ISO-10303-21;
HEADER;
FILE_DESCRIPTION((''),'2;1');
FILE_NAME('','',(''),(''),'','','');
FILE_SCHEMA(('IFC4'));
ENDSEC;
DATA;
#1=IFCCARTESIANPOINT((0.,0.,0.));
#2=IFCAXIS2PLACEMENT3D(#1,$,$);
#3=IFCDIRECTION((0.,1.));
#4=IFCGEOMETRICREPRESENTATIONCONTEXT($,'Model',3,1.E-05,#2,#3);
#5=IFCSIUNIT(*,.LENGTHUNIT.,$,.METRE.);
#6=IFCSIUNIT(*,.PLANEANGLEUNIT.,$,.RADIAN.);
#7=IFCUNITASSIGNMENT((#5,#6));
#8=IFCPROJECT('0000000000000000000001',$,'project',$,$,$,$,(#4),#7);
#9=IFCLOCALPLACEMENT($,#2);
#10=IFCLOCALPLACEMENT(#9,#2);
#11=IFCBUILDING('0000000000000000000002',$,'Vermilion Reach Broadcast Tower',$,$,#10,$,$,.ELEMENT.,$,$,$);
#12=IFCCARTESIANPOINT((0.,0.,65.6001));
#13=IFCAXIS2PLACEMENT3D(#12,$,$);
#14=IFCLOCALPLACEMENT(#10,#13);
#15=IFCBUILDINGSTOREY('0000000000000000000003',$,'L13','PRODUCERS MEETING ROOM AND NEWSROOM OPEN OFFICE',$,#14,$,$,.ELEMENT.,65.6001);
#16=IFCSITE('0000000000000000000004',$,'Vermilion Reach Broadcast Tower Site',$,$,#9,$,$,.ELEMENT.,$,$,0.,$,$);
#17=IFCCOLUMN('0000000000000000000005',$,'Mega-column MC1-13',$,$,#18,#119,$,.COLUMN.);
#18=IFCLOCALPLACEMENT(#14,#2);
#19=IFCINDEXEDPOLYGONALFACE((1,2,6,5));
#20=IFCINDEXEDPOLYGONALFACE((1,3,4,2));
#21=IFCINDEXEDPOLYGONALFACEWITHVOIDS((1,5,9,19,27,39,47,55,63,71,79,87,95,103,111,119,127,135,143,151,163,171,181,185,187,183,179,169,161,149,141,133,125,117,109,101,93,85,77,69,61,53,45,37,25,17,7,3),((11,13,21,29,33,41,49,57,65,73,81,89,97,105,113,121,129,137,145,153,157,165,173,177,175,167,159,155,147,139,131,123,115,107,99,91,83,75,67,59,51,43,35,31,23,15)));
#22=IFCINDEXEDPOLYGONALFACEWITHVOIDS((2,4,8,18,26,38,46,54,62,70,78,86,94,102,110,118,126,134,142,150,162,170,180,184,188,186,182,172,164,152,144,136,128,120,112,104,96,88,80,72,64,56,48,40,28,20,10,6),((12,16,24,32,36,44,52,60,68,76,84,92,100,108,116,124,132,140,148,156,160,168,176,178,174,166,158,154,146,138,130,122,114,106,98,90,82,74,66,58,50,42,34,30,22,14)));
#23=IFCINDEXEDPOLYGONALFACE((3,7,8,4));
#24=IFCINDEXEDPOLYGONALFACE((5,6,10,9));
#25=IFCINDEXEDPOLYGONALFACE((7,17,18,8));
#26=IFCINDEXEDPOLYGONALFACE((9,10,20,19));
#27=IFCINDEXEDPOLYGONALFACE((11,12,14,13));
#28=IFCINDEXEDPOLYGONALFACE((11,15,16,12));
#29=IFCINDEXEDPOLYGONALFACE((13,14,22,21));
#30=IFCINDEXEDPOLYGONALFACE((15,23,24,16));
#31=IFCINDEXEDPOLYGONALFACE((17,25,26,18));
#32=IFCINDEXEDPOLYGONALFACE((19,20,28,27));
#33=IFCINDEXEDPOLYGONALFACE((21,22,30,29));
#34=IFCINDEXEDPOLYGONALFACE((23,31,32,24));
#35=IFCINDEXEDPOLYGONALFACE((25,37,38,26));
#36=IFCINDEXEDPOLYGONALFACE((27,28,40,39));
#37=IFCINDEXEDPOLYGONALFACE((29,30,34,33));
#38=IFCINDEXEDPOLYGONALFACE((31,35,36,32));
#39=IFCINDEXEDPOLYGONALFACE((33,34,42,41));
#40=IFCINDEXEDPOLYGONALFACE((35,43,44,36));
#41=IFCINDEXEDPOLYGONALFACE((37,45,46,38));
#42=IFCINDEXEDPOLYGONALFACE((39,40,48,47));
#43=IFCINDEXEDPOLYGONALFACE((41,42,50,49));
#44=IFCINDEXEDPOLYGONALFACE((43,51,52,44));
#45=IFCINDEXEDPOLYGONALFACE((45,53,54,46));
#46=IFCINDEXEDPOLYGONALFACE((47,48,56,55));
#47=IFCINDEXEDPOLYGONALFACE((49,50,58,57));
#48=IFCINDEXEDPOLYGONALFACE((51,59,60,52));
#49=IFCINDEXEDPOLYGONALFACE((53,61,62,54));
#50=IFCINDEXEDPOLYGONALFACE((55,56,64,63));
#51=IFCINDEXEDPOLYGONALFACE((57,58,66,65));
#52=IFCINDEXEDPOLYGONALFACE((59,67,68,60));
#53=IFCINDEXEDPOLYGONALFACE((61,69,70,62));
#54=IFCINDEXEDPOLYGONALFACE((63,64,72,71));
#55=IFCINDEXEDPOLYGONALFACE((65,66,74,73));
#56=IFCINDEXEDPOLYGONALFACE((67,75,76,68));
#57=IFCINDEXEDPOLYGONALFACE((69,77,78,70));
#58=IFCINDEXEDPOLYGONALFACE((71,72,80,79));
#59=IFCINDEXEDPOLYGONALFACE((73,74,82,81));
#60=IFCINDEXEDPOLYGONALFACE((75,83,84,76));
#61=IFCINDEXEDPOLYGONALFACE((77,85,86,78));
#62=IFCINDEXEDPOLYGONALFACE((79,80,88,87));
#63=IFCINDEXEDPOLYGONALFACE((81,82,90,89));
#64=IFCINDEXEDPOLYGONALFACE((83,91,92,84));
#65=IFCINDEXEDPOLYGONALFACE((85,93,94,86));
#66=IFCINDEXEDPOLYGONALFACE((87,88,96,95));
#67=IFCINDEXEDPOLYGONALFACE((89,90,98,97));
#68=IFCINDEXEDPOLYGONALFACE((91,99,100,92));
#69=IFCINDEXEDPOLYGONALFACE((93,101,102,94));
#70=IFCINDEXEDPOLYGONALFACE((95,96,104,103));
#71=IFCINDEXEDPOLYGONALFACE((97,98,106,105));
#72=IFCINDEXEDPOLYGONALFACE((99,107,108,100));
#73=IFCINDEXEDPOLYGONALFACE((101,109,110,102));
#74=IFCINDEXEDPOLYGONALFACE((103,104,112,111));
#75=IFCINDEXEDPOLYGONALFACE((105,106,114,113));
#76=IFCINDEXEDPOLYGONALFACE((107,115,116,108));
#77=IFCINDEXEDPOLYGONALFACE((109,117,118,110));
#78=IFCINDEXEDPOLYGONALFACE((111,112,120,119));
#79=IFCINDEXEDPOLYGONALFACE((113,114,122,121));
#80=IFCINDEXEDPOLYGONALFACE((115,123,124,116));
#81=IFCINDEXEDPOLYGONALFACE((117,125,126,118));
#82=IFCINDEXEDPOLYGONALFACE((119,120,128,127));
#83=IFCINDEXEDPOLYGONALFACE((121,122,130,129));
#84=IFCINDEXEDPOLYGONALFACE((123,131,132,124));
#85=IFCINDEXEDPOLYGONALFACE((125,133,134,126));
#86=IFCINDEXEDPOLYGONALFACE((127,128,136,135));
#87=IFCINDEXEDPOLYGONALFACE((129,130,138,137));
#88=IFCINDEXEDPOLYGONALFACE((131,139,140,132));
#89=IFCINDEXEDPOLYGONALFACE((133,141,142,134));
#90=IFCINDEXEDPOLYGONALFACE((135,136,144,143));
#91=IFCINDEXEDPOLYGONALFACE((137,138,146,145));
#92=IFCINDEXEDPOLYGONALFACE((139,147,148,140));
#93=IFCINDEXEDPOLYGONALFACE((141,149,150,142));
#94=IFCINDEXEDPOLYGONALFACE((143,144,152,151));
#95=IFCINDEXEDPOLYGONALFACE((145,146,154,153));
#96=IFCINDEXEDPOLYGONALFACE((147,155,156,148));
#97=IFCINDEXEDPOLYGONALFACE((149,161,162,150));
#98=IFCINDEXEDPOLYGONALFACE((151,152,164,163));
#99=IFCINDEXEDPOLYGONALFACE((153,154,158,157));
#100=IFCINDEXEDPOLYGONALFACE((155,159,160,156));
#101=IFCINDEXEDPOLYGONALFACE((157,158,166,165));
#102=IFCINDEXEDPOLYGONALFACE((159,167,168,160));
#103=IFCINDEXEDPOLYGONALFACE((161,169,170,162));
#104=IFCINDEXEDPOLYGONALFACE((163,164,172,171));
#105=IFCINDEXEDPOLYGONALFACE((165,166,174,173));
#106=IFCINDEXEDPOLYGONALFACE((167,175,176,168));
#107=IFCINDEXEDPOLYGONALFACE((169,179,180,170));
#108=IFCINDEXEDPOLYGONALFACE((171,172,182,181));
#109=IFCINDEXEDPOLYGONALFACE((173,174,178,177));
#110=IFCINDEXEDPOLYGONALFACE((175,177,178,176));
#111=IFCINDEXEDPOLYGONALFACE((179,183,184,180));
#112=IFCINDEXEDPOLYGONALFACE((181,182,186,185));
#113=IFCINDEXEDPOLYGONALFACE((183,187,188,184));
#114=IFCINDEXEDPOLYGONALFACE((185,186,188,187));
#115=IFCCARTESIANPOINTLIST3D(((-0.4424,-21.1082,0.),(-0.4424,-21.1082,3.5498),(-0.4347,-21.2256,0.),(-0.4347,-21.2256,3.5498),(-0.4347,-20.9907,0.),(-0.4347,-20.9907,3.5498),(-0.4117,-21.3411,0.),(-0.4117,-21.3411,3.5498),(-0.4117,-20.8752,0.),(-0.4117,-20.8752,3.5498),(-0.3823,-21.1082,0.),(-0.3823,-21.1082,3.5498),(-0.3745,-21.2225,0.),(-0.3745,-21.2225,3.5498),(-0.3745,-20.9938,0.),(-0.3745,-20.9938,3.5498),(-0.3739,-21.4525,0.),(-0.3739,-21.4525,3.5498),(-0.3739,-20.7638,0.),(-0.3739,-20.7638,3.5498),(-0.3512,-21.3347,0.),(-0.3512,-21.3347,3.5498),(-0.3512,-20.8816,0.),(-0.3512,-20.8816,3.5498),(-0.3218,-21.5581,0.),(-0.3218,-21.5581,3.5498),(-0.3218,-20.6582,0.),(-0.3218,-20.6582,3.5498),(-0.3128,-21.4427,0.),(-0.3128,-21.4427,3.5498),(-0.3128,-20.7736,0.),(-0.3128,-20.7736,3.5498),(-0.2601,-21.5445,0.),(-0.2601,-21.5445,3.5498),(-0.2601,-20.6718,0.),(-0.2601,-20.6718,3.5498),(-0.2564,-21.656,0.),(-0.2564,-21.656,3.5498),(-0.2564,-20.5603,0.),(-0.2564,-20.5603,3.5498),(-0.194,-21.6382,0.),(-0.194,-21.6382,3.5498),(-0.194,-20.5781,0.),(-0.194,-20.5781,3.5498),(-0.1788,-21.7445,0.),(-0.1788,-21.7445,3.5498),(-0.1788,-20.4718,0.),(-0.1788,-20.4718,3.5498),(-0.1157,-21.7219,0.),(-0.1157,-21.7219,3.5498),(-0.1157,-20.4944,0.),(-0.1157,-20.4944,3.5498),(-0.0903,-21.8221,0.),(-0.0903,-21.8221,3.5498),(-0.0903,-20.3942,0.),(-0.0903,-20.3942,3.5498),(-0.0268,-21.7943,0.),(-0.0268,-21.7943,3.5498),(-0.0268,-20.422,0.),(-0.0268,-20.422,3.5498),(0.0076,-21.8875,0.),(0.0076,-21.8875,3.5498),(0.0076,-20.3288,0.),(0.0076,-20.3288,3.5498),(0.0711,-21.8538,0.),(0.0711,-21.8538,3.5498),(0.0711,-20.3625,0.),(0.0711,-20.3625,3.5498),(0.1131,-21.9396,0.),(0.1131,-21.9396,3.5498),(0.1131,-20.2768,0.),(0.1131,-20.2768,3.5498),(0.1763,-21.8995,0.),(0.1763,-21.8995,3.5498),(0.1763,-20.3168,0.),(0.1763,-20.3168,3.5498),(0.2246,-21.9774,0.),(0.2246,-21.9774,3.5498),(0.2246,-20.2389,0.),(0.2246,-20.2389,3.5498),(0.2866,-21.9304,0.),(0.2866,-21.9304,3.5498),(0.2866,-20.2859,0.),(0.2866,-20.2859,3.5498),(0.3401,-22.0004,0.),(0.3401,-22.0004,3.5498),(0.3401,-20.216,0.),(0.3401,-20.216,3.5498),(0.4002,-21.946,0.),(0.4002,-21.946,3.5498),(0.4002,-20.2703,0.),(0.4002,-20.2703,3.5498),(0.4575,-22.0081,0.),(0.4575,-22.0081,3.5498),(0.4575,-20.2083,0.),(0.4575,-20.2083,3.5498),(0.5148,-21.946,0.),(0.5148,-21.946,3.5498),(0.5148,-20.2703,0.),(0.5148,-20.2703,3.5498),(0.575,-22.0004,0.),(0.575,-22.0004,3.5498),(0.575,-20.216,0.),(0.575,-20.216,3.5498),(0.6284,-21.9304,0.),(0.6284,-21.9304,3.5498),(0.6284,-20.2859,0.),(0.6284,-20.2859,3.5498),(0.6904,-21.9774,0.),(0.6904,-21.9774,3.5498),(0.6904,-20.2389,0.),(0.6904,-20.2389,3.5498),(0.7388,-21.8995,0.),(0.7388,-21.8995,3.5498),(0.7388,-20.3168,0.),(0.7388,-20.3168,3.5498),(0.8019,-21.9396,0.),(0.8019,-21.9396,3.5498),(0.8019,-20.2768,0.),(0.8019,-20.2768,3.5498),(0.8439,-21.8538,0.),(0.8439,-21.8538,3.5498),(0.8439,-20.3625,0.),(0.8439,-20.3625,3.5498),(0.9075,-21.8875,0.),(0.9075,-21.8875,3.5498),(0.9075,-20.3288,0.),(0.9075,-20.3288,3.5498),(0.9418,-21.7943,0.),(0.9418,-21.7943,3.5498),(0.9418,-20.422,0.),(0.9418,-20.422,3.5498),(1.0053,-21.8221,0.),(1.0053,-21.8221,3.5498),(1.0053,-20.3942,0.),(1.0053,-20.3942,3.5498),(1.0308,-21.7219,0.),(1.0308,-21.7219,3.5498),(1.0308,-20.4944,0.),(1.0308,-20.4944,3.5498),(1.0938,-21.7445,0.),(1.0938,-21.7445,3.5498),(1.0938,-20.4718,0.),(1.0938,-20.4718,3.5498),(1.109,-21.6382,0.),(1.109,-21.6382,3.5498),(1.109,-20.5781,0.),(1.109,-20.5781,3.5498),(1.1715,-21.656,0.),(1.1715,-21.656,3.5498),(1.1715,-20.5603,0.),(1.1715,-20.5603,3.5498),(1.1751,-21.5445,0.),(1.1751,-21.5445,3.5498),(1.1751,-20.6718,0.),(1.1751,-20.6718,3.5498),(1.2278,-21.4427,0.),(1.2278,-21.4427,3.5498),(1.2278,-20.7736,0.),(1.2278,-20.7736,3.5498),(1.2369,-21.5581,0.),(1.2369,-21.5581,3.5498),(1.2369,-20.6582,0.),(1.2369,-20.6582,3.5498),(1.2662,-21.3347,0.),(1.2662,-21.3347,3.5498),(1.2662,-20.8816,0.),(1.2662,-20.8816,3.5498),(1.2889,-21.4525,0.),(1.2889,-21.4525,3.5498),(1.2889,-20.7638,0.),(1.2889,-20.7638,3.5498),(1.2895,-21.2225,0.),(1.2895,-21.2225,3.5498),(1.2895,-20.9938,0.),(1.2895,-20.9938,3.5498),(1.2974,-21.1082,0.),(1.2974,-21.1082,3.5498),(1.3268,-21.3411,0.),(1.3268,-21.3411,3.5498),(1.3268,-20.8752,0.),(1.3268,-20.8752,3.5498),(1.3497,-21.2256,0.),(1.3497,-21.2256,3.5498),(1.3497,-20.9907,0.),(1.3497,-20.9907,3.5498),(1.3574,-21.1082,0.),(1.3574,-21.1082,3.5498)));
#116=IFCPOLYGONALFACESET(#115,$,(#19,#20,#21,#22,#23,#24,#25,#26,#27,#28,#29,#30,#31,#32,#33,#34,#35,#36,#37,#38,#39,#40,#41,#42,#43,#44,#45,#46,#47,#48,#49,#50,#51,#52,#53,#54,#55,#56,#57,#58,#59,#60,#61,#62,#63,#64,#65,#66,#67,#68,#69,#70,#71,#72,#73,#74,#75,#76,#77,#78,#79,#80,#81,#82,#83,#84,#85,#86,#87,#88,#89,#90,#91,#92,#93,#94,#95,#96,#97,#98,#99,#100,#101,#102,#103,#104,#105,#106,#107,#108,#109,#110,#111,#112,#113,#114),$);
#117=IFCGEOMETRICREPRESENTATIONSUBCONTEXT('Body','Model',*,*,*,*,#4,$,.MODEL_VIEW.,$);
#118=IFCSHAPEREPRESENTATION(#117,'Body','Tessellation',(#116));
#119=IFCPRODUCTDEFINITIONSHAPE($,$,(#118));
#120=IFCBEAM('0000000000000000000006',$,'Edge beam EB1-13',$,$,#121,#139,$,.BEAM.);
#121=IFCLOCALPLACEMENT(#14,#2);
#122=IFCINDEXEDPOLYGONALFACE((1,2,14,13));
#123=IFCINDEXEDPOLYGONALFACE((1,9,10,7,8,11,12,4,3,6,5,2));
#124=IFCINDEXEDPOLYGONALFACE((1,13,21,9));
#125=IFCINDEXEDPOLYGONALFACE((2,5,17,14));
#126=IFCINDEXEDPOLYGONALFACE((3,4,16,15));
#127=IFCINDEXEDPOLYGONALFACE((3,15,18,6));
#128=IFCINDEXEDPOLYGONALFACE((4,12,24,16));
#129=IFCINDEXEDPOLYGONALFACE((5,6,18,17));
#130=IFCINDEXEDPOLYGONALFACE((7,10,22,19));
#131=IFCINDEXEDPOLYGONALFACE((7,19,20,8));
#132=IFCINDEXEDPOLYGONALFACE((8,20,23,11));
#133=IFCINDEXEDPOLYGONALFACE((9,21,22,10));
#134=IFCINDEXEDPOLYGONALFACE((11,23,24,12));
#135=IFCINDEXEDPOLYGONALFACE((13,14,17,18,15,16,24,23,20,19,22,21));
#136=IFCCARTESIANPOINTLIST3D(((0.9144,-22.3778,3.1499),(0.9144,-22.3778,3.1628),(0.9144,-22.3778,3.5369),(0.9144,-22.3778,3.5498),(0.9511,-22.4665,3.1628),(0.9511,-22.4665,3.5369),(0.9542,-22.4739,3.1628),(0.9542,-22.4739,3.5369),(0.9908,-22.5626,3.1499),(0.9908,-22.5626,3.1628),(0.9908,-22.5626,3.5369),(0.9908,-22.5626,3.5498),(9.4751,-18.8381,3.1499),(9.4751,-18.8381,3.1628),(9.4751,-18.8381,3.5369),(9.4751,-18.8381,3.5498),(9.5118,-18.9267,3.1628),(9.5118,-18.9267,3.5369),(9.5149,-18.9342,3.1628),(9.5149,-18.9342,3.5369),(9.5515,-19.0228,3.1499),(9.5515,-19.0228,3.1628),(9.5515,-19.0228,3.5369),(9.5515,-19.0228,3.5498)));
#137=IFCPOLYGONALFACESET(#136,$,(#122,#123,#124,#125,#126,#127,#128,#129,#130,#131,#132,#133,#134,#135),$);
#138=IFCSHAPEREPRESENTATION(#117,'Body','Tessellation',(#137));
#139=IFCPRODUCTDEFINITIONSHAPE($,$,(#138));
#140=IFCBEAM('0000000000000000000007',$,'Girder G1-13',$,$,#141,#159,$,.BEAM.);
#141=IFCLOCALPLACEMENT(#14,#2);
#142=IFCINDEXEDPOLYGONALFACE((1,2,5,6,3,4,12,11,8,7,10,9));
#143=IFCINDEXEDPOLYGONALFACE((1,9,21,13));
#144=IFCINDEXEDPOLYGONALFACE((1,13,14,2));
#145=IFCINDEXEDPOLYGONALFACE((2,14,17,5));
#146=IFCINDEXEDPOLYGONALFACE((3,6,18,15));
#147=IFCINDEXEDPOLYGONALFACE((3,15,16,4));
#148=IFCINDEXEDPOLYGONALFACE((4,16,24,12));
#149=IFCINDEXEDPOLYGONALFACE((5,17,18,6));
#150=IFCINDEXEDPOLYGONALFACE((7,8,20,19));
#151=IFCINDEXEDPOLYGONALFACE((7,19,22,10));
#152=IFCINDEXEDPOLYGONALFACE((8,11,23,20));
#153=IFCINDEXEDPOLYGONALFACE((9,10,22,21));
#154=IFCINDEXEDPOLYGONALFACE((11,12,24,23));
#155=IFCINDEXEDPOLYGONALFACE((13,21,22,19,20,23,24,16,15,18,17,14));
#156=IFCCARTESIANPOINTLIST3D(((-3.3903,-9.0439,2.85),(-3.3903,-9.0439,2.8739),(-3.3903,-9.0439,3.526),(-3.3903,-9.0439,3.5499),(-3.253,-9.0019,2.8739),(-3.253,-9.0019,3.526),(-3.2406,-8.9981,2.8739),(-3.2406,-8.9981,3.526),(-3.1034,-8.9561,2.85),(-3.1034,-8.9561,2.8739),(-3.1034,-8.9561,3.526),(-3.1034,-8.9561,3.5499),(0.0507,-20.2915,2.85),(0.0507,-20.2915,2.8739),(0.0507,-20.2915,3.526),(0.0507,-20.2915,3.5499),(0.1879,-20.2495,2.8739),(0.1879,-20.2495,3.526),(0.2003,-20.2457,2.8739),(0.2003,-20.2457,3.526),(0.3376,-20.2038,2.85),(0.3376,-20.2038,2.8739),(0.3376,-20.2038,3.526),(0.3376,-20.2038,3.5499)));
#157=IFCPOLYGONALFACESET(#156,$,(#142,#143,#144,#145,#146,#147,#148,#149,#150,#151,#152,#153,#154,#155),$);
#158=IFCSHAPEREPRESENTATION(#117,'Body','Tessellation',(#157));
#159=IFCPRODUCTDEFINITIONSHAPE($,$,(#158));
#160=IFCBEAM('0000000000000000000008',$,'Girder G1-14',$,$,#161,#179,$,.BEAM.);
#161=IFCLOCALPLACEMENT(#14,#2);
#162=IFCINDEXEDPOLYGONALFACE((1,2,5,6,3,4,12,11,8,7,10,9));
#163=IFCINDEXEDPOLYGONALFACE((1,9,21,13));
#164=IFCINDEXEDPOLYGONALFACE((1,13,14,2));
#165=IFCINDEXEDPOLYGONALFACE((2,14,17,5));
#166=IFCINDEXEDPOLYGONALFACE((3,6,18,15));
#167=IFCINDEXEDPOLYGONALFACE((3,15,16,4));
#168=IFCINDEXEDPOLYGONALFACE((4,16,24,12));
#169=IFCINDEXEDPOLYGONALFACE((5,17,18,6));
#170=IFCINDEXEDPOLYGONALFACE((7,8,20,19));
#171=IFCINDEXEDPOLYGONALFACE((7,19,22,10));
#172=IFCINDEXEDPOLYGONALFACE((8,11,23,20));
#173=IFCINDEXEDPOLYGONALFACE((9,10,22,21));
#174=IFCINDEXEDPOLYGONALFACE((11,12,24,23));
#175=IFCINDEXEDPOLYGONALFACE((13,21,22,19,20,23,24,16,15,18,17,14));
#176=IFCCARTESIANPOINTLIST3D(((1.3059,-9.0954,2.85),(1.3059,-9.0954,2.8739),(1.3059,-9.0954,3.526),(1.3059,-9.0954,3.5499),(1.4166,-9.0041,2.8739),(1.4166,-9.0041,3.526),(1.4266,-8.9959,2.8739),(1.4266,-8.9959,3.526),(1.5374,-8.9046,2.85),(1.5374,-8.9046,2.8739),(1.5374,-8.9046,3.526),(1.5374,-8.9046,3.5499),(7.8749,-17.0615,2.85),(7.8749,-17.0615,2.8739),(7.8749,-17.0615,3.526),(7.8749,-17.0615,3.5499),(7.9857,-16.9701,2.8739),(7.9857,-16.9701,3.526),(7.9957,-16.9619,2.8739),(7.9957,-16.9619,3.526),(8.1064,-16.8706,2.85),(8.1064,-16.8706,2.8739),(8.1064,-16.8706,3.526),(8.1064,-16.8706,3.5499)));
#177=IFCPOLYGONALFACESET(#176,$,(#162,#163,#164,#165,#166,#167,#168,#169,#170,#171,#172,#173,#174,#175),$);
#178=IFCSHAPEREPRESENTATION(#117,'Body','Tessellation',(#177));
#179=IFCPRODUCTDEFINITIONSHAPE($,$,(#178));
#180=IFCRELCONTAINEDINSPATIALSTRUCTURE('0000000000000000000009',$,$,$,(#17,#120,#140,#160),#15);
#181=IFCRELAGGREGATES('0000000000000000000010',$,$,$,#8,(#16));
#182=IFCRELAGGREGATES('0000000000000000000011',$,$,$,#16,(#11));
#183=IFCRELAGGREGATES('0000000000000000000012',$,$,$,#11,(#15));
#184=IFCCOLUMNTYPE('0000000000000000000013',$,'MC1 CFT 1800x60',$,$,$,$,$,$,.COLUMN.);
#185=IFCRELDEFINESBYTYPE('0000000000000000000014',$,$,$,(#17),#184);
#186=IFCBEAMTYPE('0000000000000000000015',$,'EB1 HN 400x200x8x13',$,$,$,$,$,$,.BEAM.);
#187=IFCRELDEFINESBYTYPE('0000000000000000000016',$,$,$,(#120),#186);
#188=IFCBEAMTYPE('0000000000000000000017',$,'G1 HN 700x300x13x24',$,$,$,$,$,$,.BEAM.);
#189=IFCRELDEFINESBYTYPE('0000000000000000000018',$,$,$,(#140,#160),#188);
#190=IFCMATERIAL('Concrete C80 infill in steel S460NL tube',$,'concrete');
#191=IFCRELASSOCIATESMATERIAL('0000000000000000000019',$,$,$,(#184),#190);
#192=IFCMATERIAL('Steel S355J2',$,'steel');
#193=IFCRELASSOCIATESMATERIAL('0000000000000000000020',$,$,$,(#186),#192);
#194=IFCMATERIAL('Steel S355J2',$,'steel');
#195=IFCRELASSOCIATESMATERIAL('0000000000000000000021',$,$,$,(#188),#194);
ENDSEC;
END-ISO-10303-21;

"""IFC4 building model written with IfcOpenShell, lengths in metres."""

from ifc_helpers import new_model, si_unit, direction, frame, origin, origin_2d, place, context, subcontext, project, spatial, hollow_circle, i_section, extrude, material, material_profile, profile_set, type_object, element, save


model = new_model("IFC4")

# Units and contexts
model_context = context("Model", 3, precision=1e-05, world=origin(), true_north=direction((0.0, 1.0)))
body_context = subcontext(model_context, "Body", "Model", "MODEL_VIEW")
ifc_project = project(units=[si_unit("LENGTHUNIT", "METRE"), si_unit("PLANEANGLEUNIT", "RADIAN")], contexts=[model_context])

# Site, building, storey
site_placement = place(None, origin())
site = spatial("IfcSite", under=ifc_project, at=site_placement, Name="Vermilion Reach Broadcast Tower Site", CompositionType="ELEMENT", RefElevation=0.0)
building_placement = place(site_placement, origin())
building = spatial("IfcBuilding", under=site, at=building_placement, Name="Vermilion Reach Broadcast Tower", CompositionType="ELEMENT")
storey_placement = place(building_placement, frame((0.0, 0.0, 65.6001)))
storey = spatial("IfcBuildingStorey", under=building, at=storey_placement, Name="L13", Description="PRODUCERS MEETING ROOM AND NEWSROOM OPEN OFFICE", CompositionType="ELEMENT", Elevation=65.6001)

# Column
ifc_material_1 = material(Name="Concrete C80 infill in steel S460NL tube", Category="concrete")
ifc_material_profile_1 = material_profile(ifc_material_1, hollow_circle(Radius=0.8999, WallThickness=0.0601, at=origin_2d()), Name="Concrete C80 infill in steel S460NL tube CFT 1800x60")
ifc_profile_set_1 = profile_set([ifc_material_profile_1], Name="Concrete C80 infill in steel S460NL tube")
column_type = type_object("IfcColumnType", Name="MC1 CFT 1800x60", PredefinedType="COLUMN", material=ifc_profile_set_1)
column_placement = place(storey_placement, frame((0.4575, -21.1082, 0.0), z_axis=(0.0, 0.0, 1.0), x_axis=(1.0, 0.0, 0.0)))
element("IfcColumn", 1, at=column_placement, inside=storey, type_object=column_type, Name="Mega-column MC1-13", PredefinedType="COLUMN", context=body_context, shape_type="SweptSolid", body=[
    extrude(hollow_circle(Radius=0.8999, WallThickness=0.0601, at=origin_2d()), origin(), (0.0, 0.0, 1.0), 3.5498),
])

# Beams
ifc_material_2 = material(Name="Steel S355J2", Category="steel")
ifc_material_profile_2 = material_profile(ifc_material_2, i_section(OverallWidth=0.2, OverallDepth=0.3999, WebThickness=0.0081, FlangeThickness=0.0129, at=origin_2d()), Name="S355J2 HN 400x200x8x13")
ifc_profile_set_2 = profile_set([ifc_material_profile_2], Name="Steel S355J2")
beam_type_1 = type_object("IfcBeamType", Name="EB1 HN 400x200x8x13", PredefinedType="BEAM", material=ifc_profile_set_2)
beam_1_placement = place(storey_placement, frame((0.9526, -22.4702, 3.3499), z_axis=(0.924116, 0.382112, 0.0), x_axis=(-0.382112, 0.924116, 0.0)))
element("IfcBeam", 2, at=beam_1_placement, inside=storey, type_object=beam_type_1, Name="Edge beam EB1-13", PredefinedType="BEAM", context=body_context, shape_type="SweptSolid", body=[
    extrude(i_section(OverallWidth=0.2, OverallDepth=0.3999, WebThickness=0.0081, FlangeThickness=0.0129, at=origin_2d()), origin(), (0.0, 0.0, 1.0), 9.2637),
])
ifc_material_3 = material(Name="Steel S355J2", Category="steel")
ifc_material_profile_3 = material_profile(ifc_material_3, i_section(OverallWidth=0.3, OverallDepth=0.7, WebThickness=0.0129, FlangeThickness=0.0239, at=origin_2d()), Name="S355J2 HN 700x300x13x24")
ifc_profile_set_3 = profile_set([ifc_material_profile_3], Name="Steel S355J2")
beam_type_2 = type_object("IfcBeamType", Name="G1 HN 700x300x13x24", PredefinedType="BEAM", material=ifc_profile_set_3)
beam_2_placement = place(storey_placement, frame((-3.2468, -9.0, 3.2), z_axis=(0.292542, -0.956253, 0.0), x_axis=(0.956253, 0.292542, 0.0)))
element("IfcBeam", 3, at=beam_2_placement, inside=storey, type_object=beam_type_2, Name="Girder G1-13", PredefinedType="BEAM", context=body_context, shape_type="SweptSolid", body=[
    extrude(i_section(OverallWidth=0.3, OverallDepth=0.7, WebThickness=0.0129, FlangeThickness=0.0239, at=origin_2d()), origin(), (0.0, 0.0, 1.0), 11.7622),
])
beam_3_placement = place(storey_placement, frame((1.4216, -9.0, 3.2), z_axis=(0.636215, -0.771512, 0.0), x_axis=(0.771512, 0.636215, 0.0)))
element("IfcBeam", 4, at=beam_3_placement, inside=storey, type_object=beam_type_2, Name="Girder G1-14", PredefinedType="BEAM", context=body_context, shape_type="SweptSolid", body=[
    extrude(i_section(OverallWidth=0.3, OverallDepth=0.7, WebThickness=0.0129, FlangeThickness=0.0239, at=origin_2d()), origin(), (0.0, 0.0, 1.0), 10.3252),
])

save(model, "model.ifc")
